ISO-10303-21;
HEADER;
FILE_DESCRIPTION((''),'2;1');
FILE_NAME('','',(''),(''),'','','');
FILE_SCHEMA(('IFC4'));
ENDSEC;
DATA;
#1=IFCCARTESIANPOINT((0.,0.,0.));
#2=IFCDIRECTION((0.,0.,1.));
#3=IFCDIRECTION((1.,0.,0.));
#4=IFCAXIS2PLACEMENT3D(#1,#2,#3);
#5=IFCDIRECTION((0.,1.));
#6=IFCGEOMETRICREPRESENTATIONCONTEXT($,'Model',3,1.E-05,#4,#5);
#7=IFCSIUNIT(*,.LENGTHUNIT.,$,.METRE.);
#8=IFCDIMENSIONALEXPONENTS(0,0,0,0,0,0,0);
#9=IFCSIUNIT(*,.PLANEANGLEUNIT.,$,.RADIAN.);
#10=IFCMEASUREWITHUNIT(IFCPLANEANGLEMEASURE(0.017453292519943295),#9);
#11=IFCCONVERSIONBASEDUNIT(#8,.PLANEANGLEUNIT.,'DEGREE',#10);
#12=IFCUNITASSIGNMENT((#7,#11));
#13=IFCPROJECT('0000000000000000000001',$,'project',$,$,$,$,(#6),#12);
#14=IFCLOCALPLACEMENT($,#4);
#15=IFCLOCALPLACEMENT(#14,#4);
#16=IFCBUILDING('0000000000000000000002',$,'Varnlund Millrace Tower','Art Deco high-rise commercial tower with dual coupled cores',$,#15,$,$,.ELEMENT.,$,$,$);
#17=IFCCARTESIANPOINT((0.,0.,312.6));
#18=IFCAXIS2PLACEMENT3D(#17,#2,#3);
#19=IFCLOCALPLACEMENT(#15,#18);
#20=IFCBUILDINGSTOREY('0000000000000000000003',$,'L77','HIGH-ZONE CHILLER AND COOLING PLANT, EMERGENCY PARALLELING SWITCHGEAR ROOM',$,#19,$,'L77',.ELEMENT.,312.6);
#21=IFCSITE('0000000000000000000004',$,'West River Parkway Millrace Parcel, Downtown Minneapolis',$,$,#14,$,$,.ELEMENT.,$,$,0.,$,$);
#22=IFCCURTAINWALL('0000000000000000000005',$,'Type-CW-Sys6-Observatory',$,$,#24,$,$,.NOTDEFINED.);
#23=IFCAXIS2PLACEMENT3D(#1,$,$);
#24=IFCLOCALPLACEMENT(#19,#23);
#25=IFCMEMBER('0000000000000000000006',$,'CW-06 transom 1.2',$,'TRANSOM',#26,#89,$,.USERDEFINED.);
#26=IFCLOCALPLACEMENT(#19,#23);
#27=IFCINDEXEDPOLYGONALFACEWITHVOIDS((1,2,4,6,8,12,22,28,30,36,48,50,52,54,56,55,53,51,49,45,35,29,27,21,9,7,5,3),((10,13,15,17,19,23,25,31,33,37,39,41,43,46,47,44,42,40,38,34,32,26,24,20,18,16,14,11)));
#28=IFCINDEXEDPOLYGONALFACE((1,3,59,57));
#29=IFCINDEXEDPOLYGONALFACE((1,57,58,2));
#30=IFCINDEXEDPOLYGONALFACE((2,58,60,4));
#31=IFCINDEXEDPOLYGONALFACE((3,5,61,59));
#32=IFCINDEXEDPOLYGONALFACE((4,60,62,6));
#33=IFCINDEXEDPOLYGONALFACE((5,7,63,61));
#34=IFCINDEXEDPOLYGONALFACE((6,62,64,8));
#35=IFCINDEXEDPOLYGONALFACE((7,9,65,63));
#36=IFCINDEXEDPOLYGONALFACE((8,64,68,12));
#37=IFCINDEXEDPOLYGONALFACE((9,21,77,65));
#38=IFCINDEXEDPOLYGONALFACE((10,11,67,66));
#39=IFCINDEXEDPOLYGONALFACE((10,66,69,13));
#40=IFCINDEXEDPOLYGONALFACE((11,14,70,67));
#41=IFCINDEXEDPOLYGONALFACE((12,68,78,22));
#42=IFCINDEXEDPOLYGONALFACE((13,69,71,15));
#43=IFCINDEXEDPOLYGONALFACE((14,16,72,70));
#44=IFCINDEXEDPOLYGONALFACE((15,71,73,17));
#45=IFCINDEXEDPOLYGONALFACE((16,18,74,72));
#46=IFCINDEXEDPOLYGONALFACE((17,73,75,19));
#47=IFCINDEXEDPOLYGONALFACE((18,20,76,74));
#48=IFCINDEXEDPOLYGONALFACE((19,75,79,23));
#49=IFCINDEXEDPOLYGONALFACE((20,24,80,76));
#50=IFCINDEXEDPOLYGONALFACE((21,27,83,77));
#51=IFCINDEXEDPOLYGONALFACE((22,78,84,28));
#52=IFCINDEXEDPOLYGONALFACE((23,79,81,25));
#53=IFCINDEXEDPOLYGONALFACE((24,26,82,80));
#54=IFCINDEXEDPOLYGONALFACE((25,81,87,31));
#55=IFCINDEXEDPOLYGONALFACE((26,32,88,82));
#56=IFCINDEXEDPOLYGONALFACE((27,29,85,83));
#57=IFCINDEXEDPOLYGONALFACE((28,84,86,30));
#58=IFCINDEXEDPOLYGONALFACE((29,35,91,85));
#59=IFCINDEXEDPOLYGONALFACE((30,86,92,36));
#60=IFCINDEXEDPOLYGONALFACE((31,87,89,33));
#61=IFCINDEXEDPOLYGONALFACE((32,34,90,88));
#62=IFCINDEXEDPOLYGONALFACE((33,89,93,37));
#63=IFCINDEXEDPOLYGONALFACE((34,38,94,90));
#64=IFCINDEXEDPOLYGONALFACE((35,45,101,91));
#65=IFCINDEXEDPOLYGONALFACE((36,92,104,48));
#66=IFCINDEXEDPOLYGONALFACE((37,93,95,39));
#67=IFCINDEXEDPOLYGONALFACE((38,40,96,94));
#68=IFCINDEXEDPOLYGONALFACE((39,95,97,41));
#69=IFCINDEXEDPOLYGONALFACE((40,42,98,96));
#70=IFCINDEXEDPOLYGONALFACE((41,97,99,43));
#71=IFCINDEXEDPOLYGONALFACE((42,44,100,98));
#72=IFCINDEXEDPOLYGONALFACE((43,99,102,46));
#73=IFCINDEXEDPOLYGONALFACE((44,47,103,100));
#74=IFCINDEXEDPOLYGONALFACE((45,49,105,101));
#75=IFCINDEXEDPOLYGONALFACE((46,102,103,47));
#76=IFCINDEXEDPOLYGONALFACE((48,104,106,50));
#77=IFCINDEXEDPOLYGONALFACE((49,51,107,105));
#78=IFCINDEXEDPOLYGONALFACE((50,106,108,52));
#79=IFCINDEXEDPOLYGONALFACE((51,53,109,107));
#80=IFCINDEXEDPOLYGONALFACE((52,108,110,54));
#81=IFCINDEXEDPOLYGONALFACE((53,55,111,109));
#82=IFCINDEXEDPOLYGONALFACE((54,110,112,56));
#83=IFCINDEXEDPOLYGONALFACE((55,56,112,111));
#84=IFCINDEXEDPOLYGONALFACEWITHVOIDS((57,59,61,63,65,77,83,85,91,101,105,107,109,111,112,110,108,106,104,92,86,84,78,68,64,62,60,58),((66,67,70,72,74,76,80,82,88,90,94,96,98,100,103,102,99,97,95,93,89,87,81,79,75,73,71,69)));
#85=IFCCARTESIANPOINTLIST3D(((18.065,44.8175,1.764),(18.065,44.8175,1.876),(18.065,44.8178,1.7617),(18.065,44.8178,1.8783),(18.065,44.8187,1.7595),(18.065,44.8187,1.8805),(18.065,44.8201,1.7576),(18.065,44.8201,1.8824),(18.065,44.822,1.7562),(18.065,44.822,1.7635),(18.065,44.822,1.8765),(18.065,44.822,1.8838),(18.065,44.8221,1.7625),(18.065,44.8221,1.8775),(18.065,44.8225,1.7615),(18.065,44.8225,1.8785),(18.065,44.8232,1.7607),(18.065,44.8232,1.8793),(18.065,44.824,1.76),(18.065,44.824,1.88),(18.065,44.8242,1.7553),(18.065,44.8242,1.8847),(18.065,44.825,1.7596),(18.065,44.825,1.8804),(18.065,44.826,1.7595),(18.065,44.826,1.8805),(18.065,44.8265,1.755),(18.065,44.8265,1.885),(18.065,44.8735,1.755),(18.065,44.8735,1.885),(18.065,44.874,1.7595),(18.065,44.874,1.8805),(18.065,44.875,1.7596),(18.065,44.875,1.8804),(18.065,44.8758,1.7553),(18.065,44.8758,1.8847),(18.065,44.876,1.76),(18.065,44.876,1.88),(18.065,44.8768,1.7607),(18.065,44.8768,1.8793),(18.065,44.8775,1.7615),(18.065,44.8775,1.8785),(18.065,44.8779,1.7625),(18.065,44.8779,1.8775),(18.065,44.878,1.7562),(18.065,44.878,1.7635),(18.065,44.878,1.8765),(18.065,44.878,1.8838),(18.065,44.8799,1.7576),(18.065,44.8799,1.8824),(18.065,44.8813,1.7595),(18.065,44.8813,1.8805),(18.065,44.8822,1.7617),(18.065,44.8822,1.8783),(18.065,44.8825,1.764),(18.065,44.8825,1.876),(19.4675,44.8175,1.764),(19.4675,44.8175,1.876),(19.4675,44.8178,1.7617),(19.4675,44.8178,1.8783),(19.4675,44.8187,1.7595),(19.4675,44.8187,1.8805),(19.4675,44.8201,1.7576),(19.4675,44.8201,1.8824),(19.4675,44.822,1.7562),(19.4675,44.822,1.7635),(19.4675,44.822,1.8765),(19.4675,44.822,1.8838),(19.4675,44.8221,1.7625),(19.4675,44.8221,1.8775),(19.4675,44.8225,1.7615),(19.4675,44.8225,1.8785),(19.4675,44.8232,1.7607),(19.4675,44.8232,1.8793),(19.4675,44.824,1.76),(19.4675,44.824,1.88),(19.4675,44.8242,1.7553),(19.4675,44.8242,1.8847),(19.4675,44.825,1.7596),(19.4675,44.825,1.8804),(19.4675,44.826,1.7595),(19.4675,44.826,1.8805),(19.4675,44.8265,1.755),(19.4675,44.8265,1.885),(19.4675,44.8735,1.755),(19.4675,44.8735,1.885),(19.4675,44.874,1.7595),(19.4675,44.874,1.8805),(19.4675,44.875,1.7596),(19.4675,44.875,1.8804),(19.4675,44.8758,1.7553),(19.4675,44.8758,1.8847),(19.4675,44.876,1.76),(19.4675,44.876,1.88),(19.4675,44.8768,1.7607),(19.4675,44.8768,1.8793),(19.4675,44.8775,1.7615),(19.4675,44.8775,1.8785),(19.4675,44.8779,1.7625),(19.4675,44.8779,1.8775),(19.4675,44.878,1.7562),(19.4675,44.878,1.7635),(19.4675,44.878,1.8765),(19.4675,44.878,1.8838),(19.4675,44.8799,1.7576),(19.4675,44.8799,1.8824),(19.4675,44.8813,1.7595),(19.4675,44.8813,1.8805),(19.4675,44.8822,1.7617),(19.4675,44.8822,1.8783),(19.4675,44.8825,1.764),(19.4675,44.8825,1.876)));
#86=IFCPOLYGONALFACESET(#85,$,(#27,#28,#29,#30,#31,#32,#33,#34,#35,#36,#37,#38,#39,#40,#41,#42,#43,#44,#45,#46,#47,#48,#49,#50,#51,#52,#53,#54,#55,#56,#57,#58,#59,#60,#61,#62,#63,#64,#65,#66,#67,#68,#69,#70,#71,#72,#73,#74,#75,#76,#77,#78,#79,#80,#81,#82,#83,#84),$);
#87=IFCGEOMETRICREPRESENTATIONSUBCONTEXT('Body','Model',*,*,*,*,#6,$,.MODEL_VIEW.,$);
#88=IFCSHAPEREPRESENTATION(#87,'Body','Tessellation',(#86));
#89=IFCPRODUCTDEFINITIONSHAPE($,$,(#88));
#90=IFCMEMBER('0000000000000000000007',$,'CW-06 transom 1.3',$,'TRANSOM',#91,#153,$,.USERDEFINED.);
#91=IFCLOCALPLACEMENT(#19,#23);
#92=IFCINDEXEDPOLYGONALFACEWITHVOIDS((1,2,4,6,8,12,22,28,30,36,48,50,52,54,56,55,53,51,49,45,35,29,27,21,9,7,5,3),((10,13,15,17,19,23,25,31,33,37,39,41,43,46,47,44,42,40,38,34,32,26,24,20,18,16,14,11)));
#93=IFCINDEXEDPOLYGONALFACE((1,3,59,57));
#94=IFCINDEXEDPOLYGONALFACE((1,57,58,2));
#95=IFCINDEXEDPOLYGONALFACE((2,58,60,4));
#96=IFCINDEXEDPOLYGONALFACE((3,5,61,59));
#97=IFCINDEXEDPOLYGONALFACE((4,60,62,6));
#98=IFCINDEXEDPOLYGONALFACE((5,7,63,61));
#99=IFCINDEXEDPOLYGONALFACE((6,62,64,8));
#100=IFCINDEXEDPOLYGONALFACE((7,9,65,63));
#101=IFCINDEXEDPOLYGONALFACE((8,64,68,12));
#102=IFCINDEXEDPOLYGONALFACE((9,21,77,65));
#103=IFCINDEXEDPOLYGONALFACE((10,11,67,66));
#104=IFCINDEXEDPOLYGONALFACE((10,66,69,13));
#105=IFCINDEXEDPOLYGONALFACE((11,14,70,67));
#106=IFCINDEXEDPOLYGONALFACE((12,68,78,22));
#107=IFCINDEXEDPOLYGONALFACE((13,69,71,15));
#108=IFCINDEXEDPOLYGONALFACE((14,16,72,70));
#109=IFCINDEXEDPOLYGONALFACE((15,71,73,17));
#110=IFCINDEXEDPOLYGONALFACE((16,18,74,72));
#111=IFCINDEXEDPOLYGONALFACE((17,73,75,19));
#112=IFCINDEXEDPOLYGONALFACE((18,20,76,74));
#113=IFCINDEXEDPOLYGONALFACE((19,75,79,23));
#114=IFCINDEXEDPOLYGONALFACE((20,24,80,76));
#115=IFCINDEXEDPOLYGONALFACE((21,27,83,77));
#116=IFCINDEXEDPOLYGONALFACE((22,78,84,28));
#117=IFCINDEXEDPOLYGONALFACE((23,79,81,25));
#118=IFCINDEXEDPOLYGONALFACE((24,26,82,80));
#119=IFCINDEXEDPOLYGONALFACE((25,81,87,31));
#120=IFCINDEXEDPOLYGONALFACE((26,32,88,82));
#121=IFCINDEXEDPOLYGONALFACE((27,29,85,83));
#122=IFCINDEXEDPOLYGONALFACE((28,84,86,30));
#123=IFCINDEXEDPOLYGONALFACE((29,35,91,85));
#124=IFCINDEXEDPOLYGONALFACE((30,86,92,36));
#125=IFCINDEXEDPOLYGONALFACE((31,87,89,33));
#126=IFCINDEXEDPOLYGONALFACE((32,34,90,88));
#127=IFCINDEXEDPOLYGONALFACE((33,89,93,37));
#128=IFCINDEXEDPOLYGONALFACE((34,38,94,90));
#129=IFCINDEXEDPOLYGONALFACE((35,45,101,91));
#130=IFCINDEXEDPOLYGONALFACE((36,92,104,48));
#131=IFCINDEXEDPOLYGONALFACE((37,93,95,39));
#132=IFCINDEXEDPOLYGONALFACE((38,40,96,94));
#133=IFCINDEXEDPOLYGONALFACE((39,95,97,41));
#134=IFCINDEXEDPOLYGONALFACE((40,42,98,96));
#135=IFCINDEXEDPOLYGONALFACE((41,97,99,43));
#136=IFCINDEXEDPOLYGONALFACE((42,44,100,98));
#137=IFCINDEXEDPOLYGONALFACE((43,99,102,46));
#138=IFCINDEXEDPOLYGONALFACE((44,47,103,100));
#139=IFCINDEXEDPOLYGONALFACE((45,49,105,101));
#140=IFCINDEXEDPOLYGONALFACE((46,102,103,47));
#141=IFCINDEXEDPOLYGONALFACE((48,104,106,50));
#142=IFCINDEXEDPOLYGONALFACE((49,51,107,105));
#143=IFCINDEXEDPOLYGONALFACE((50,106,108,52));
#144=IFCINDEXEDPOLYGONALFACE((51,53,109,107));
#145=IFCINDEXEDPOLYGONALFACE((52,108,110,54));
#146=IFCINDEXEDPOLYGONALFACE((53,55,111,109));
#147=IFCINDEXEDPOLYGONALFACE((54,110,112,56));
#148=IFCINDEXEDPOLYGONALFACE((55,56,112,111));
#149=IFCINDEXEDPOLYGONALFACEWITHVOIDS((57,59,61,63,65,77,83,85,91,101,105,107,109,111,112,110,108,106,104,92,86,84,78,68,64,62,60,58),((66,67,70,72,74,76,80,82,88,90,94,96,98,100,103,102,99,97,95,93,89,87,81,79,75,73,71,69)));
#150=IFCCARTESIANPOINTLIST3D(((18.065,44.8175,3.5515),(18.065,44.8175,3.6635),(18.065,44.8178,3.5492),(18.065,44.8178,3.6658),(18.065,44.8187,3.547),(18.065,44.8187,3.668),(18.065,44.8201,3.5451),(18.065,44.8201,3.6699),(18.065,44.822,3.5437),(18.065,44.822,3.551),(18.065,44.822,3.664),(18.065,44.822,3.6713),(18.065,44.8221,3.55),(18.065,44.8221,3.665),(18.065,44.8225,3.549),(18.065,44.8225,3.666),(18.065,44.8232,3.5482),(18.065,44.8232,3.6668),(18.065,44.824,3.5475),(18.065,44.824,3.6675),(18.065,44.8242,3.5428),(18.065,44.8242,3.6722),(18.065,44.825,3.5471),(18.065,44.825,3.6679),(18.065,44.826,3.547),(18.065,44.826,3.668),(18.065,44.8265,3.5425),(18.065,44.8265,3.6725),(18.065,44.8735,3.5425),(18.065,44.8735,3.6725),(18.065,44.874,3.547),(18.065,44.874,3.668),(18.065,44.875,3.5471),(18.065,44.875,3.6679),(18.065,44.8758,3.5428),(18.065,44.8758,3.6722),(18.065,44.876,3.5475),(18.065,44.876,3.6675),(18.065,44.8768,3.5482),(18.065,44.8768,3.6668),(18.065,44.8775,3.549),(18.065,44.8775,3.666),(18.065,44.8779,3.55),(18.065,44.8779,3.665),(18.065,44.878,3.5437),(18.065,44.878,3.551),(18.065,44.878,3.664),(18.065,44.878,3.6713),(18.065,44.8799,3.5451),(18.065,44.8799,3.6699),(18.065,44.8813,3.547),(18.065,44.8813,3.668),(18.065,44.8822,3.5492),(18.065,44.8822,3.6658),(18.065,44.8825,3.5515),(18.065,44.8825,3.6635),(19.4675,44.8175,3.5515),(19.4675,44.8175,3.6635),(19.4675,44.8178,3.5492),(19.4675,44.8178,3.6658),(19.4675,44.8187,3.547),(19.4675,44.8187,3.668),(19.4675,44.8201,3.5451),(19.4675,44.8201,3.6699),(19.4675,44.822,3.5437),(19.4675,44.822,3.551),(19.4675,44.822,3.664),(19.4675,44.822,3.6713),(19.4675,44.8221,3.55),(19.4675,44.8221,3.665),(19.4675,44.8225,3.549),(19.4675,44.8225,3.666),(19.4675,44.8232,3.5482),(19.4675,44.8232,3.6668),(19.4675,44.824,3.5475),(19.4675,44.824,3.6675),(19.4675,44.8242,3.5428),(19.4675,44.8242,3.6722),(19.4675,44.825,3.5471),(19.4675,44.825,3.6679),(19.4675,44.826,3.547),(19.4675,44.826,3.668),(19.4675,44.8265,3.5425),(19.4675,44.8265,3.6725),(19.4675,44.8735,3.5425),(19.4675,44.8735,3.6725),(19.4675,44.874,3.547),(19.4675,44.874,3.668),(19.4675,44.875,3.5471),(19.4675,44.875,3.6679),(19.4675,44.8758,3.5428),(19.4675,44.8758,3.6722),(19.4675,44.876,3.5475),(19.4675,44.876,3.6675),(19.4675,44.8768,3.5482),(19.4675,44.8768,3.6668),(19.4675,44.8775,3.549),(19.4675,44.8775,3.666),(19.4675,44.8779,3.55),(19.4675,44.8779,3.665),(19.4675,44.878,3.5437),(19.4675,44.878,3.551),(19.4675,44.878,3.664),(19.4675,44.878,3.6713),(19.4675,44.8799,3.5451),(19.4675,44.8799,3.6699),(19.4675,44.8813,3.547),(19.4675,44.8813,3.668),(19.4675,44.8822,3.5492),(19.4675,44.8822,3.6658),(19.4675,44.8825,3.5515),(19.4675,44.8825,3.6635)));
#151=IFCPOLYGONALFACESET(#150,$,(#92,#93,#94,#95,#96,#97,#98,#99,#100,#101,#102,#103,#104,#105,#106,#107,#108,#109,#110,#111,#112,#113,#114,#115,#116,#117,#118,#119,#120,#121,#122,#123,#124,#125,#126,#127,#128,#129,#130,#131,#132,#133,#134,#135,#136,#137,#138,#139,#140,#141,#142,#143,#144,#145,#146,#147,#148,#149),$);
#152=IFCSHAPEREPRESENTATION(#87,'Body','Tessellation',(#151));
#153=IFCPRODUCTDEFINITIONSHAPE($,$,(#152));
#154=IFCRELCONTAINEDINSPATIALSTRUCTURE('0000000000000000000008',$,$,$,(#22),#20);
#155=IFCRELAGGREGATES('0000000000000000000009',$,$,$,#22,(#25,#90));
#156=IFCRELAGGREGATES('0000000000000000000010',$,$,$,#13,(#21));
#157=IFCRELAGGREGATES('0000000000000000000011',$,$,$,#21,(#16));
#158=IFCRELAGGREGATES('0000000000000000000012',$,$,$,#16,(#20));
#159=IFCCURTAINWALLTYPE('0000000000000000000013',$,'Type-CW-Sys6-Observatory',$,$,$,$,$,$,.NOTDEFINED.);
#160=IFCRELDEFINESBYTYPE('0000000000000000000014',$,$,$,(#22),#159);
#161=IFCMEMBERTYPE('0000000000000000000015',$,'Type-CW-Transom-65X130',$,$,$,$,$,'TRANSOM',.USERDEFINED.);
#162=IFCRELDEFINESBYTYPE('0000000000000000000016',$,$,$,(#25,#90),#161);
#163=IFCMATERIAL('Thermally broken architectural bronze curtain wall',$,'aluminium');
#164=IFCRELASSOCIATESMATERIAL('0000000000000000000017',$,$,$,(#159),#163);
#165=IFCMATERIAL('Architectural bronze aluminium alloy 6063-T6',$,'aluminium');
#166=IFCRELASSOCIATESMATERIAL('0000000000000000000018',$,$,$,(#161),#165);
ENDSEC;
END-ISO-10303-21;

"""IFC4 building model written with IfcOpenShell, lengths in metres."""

from ifc_helpers import new_model, entity, si_unit, converted_unit, direction, frame, origin_with_axes, origin_2d_with_axis, place, context, subcontext, project, spatial, hollow_rectangle, extrude, material, material_profile, profile_set, type_object, element, aggregate, save


model = new_model("IFC4")

# Units and contexts
model_context = context("Model", 3, precision=1e-05, world=origin_with_axes(), true_north=direction((0.0, 1.0)))
body_context = subcontext(model_context, "Body", "Model", "MODEL_VIEW")
ifc_project = project(units=[si_unit("LENGTHUNIT", "METRE"), converted_unit("PLANEANGLEUNIT", "DEGREE", entity("IfcPlaneAngleMeasure", 0.017453292519943295), si_unit("PLANEANGLEUNIT", "RADIAN"), dimensions=[0, 0, 0, 0, 0, 0, 0])], contexts=[model_context])

# Site, building, storey
site_placement = place(None, origin_with_axes())
site = spatial("IfcSite", under=ifc_project, at=site_placement, Name="West River Parkway Millrace Parcel, Downtown Minneapolis", CompositionType="ELEMENT", RefElevation=0.0)
building_placement = place(site_placement, origin_with_axes())
building = spatial("IfcBuilding", under=site, at=building_placement, Name="Varnlund Millrace Tower", Description="Art Deco high-rise commercial tower with dual coupled cores", CompositionType="ELEMENT")
storey_placement = place(building_placement, frame((0.0, 0.0, 312.6), z_axis=(0.0, 0.0, 1.0), x_axis=(1.0, 0.0, 0.0)))
storey = spatial("IfcBuildingStorey", under=building, at=storey_placement, Name="L77", Description="HIGH-ZONE CHILLER AND COOLING PLANT, EMERGENCY PARALLELING SWITCHGEAR ROOM", LongName="L77", CompositionType="ELEMENT", Elevation=312.6)

# Curtain wall, members
ifc_material_1 = material(Name="Thermally broken architectural bronze curtain wall", Category="aluminium")
curtain_wall_type = type_object("IfcCurtainWallType", Name="Type-CW-Sys6-Observatory", PredefinedType="NOTDEFINED", material=ifc_material_1)
ifc_material_2 = material(Name="Architectural bronze aluminium alloy 6063-T6", Category="aluminium")
ifc_material_profile_1 = material_profile(ifc_material_2, hollow_rectangle(XDim=0.065, YDim=0.13, WallThickness=0.0045, InnerFilletRadius=0.004, OuterFilletRadius=0.009, at=origin_2d_with_axis()), Name="Architectural bronze aluminium alloy 6063-T6")
ifc_profile_set_1 = profile_set([ifc_material_profile_1], Name="Architectural bronze aluminium alloy 6063-T6")
member_type = type_object("IfcMemberType", Name="Type-CW-Transom-65X130", ElementType="TRANSOM", PredefinedType="USERDEFINED", material=ifc_profile_set_1)
curtain_wall_1_placement = place(storey_placement, frame((18.0, 44.85, 0.0), z_axis=(0.0, 0.0, 1.0), x_axis=(1.0, 0.0, 0.0)))
curtain_wall_1 = element("IfcCurtainWall", 1, at=curtain_wall_1_placement, inside=storey, type_object=curtain_wall_type, Name="Type-CW-Sys6-Observatory", PredefinedType="NOTDEFINED")
member_1_placement = place(storey_placement, frame((18.065, 44.85, 1.82), z_axis=(1.0, 0.0, 0.0), x_axis=(0.0, 1.0, 0.0)))
member_1 = element("IfcMember", 2, at=member_1_placement, type_object=member_type, Name="CW-06 transom 1.2", ObjectType="TRANSOM", PredefinedType="USERDEFINED", context=body_context, shape_type="SweptSolid", body=[
    extrude(hollow_rectangle(XDim=0.065, YDim=0.13, WallThickness=0.0045, InnerFilletRadius=0.004, OuterFilletRadius=0.009, at=origin_2d_with_axis()), origin_with_axes(), (0.0, 0.0, 1.0), 1.4025),
])
member_2_placement = place(storey_placement, frame((18.065, 44.85, 3.6075), z_axis=(1.0, 0.0, 0.0), x_axis=(0.0, 1.0, 0.0)))
member_2 = element("IfcMember", 3, at=member_2_placement, type_object=member_type, Name="CW-06 transom 1.3", ObjectType="TRANSOM", PredefinedType="USERDEFINED", context=body_context, shape_type="SweptSolid", body=[
    extrude(hollow_rectangle(XDim=0.065, YDim=0.13, WallThickness=0.0045, InnerFilletRadius=0.004, OuterFilletRadius=0.009, at=origin_2d_with_axis()), origin_with_axes(), (0.0, 0.0, 1.0), 1.4025),
])

aggregate(curtain_wall_1, [member_1, member_2])

save(model, "model.ifc")
